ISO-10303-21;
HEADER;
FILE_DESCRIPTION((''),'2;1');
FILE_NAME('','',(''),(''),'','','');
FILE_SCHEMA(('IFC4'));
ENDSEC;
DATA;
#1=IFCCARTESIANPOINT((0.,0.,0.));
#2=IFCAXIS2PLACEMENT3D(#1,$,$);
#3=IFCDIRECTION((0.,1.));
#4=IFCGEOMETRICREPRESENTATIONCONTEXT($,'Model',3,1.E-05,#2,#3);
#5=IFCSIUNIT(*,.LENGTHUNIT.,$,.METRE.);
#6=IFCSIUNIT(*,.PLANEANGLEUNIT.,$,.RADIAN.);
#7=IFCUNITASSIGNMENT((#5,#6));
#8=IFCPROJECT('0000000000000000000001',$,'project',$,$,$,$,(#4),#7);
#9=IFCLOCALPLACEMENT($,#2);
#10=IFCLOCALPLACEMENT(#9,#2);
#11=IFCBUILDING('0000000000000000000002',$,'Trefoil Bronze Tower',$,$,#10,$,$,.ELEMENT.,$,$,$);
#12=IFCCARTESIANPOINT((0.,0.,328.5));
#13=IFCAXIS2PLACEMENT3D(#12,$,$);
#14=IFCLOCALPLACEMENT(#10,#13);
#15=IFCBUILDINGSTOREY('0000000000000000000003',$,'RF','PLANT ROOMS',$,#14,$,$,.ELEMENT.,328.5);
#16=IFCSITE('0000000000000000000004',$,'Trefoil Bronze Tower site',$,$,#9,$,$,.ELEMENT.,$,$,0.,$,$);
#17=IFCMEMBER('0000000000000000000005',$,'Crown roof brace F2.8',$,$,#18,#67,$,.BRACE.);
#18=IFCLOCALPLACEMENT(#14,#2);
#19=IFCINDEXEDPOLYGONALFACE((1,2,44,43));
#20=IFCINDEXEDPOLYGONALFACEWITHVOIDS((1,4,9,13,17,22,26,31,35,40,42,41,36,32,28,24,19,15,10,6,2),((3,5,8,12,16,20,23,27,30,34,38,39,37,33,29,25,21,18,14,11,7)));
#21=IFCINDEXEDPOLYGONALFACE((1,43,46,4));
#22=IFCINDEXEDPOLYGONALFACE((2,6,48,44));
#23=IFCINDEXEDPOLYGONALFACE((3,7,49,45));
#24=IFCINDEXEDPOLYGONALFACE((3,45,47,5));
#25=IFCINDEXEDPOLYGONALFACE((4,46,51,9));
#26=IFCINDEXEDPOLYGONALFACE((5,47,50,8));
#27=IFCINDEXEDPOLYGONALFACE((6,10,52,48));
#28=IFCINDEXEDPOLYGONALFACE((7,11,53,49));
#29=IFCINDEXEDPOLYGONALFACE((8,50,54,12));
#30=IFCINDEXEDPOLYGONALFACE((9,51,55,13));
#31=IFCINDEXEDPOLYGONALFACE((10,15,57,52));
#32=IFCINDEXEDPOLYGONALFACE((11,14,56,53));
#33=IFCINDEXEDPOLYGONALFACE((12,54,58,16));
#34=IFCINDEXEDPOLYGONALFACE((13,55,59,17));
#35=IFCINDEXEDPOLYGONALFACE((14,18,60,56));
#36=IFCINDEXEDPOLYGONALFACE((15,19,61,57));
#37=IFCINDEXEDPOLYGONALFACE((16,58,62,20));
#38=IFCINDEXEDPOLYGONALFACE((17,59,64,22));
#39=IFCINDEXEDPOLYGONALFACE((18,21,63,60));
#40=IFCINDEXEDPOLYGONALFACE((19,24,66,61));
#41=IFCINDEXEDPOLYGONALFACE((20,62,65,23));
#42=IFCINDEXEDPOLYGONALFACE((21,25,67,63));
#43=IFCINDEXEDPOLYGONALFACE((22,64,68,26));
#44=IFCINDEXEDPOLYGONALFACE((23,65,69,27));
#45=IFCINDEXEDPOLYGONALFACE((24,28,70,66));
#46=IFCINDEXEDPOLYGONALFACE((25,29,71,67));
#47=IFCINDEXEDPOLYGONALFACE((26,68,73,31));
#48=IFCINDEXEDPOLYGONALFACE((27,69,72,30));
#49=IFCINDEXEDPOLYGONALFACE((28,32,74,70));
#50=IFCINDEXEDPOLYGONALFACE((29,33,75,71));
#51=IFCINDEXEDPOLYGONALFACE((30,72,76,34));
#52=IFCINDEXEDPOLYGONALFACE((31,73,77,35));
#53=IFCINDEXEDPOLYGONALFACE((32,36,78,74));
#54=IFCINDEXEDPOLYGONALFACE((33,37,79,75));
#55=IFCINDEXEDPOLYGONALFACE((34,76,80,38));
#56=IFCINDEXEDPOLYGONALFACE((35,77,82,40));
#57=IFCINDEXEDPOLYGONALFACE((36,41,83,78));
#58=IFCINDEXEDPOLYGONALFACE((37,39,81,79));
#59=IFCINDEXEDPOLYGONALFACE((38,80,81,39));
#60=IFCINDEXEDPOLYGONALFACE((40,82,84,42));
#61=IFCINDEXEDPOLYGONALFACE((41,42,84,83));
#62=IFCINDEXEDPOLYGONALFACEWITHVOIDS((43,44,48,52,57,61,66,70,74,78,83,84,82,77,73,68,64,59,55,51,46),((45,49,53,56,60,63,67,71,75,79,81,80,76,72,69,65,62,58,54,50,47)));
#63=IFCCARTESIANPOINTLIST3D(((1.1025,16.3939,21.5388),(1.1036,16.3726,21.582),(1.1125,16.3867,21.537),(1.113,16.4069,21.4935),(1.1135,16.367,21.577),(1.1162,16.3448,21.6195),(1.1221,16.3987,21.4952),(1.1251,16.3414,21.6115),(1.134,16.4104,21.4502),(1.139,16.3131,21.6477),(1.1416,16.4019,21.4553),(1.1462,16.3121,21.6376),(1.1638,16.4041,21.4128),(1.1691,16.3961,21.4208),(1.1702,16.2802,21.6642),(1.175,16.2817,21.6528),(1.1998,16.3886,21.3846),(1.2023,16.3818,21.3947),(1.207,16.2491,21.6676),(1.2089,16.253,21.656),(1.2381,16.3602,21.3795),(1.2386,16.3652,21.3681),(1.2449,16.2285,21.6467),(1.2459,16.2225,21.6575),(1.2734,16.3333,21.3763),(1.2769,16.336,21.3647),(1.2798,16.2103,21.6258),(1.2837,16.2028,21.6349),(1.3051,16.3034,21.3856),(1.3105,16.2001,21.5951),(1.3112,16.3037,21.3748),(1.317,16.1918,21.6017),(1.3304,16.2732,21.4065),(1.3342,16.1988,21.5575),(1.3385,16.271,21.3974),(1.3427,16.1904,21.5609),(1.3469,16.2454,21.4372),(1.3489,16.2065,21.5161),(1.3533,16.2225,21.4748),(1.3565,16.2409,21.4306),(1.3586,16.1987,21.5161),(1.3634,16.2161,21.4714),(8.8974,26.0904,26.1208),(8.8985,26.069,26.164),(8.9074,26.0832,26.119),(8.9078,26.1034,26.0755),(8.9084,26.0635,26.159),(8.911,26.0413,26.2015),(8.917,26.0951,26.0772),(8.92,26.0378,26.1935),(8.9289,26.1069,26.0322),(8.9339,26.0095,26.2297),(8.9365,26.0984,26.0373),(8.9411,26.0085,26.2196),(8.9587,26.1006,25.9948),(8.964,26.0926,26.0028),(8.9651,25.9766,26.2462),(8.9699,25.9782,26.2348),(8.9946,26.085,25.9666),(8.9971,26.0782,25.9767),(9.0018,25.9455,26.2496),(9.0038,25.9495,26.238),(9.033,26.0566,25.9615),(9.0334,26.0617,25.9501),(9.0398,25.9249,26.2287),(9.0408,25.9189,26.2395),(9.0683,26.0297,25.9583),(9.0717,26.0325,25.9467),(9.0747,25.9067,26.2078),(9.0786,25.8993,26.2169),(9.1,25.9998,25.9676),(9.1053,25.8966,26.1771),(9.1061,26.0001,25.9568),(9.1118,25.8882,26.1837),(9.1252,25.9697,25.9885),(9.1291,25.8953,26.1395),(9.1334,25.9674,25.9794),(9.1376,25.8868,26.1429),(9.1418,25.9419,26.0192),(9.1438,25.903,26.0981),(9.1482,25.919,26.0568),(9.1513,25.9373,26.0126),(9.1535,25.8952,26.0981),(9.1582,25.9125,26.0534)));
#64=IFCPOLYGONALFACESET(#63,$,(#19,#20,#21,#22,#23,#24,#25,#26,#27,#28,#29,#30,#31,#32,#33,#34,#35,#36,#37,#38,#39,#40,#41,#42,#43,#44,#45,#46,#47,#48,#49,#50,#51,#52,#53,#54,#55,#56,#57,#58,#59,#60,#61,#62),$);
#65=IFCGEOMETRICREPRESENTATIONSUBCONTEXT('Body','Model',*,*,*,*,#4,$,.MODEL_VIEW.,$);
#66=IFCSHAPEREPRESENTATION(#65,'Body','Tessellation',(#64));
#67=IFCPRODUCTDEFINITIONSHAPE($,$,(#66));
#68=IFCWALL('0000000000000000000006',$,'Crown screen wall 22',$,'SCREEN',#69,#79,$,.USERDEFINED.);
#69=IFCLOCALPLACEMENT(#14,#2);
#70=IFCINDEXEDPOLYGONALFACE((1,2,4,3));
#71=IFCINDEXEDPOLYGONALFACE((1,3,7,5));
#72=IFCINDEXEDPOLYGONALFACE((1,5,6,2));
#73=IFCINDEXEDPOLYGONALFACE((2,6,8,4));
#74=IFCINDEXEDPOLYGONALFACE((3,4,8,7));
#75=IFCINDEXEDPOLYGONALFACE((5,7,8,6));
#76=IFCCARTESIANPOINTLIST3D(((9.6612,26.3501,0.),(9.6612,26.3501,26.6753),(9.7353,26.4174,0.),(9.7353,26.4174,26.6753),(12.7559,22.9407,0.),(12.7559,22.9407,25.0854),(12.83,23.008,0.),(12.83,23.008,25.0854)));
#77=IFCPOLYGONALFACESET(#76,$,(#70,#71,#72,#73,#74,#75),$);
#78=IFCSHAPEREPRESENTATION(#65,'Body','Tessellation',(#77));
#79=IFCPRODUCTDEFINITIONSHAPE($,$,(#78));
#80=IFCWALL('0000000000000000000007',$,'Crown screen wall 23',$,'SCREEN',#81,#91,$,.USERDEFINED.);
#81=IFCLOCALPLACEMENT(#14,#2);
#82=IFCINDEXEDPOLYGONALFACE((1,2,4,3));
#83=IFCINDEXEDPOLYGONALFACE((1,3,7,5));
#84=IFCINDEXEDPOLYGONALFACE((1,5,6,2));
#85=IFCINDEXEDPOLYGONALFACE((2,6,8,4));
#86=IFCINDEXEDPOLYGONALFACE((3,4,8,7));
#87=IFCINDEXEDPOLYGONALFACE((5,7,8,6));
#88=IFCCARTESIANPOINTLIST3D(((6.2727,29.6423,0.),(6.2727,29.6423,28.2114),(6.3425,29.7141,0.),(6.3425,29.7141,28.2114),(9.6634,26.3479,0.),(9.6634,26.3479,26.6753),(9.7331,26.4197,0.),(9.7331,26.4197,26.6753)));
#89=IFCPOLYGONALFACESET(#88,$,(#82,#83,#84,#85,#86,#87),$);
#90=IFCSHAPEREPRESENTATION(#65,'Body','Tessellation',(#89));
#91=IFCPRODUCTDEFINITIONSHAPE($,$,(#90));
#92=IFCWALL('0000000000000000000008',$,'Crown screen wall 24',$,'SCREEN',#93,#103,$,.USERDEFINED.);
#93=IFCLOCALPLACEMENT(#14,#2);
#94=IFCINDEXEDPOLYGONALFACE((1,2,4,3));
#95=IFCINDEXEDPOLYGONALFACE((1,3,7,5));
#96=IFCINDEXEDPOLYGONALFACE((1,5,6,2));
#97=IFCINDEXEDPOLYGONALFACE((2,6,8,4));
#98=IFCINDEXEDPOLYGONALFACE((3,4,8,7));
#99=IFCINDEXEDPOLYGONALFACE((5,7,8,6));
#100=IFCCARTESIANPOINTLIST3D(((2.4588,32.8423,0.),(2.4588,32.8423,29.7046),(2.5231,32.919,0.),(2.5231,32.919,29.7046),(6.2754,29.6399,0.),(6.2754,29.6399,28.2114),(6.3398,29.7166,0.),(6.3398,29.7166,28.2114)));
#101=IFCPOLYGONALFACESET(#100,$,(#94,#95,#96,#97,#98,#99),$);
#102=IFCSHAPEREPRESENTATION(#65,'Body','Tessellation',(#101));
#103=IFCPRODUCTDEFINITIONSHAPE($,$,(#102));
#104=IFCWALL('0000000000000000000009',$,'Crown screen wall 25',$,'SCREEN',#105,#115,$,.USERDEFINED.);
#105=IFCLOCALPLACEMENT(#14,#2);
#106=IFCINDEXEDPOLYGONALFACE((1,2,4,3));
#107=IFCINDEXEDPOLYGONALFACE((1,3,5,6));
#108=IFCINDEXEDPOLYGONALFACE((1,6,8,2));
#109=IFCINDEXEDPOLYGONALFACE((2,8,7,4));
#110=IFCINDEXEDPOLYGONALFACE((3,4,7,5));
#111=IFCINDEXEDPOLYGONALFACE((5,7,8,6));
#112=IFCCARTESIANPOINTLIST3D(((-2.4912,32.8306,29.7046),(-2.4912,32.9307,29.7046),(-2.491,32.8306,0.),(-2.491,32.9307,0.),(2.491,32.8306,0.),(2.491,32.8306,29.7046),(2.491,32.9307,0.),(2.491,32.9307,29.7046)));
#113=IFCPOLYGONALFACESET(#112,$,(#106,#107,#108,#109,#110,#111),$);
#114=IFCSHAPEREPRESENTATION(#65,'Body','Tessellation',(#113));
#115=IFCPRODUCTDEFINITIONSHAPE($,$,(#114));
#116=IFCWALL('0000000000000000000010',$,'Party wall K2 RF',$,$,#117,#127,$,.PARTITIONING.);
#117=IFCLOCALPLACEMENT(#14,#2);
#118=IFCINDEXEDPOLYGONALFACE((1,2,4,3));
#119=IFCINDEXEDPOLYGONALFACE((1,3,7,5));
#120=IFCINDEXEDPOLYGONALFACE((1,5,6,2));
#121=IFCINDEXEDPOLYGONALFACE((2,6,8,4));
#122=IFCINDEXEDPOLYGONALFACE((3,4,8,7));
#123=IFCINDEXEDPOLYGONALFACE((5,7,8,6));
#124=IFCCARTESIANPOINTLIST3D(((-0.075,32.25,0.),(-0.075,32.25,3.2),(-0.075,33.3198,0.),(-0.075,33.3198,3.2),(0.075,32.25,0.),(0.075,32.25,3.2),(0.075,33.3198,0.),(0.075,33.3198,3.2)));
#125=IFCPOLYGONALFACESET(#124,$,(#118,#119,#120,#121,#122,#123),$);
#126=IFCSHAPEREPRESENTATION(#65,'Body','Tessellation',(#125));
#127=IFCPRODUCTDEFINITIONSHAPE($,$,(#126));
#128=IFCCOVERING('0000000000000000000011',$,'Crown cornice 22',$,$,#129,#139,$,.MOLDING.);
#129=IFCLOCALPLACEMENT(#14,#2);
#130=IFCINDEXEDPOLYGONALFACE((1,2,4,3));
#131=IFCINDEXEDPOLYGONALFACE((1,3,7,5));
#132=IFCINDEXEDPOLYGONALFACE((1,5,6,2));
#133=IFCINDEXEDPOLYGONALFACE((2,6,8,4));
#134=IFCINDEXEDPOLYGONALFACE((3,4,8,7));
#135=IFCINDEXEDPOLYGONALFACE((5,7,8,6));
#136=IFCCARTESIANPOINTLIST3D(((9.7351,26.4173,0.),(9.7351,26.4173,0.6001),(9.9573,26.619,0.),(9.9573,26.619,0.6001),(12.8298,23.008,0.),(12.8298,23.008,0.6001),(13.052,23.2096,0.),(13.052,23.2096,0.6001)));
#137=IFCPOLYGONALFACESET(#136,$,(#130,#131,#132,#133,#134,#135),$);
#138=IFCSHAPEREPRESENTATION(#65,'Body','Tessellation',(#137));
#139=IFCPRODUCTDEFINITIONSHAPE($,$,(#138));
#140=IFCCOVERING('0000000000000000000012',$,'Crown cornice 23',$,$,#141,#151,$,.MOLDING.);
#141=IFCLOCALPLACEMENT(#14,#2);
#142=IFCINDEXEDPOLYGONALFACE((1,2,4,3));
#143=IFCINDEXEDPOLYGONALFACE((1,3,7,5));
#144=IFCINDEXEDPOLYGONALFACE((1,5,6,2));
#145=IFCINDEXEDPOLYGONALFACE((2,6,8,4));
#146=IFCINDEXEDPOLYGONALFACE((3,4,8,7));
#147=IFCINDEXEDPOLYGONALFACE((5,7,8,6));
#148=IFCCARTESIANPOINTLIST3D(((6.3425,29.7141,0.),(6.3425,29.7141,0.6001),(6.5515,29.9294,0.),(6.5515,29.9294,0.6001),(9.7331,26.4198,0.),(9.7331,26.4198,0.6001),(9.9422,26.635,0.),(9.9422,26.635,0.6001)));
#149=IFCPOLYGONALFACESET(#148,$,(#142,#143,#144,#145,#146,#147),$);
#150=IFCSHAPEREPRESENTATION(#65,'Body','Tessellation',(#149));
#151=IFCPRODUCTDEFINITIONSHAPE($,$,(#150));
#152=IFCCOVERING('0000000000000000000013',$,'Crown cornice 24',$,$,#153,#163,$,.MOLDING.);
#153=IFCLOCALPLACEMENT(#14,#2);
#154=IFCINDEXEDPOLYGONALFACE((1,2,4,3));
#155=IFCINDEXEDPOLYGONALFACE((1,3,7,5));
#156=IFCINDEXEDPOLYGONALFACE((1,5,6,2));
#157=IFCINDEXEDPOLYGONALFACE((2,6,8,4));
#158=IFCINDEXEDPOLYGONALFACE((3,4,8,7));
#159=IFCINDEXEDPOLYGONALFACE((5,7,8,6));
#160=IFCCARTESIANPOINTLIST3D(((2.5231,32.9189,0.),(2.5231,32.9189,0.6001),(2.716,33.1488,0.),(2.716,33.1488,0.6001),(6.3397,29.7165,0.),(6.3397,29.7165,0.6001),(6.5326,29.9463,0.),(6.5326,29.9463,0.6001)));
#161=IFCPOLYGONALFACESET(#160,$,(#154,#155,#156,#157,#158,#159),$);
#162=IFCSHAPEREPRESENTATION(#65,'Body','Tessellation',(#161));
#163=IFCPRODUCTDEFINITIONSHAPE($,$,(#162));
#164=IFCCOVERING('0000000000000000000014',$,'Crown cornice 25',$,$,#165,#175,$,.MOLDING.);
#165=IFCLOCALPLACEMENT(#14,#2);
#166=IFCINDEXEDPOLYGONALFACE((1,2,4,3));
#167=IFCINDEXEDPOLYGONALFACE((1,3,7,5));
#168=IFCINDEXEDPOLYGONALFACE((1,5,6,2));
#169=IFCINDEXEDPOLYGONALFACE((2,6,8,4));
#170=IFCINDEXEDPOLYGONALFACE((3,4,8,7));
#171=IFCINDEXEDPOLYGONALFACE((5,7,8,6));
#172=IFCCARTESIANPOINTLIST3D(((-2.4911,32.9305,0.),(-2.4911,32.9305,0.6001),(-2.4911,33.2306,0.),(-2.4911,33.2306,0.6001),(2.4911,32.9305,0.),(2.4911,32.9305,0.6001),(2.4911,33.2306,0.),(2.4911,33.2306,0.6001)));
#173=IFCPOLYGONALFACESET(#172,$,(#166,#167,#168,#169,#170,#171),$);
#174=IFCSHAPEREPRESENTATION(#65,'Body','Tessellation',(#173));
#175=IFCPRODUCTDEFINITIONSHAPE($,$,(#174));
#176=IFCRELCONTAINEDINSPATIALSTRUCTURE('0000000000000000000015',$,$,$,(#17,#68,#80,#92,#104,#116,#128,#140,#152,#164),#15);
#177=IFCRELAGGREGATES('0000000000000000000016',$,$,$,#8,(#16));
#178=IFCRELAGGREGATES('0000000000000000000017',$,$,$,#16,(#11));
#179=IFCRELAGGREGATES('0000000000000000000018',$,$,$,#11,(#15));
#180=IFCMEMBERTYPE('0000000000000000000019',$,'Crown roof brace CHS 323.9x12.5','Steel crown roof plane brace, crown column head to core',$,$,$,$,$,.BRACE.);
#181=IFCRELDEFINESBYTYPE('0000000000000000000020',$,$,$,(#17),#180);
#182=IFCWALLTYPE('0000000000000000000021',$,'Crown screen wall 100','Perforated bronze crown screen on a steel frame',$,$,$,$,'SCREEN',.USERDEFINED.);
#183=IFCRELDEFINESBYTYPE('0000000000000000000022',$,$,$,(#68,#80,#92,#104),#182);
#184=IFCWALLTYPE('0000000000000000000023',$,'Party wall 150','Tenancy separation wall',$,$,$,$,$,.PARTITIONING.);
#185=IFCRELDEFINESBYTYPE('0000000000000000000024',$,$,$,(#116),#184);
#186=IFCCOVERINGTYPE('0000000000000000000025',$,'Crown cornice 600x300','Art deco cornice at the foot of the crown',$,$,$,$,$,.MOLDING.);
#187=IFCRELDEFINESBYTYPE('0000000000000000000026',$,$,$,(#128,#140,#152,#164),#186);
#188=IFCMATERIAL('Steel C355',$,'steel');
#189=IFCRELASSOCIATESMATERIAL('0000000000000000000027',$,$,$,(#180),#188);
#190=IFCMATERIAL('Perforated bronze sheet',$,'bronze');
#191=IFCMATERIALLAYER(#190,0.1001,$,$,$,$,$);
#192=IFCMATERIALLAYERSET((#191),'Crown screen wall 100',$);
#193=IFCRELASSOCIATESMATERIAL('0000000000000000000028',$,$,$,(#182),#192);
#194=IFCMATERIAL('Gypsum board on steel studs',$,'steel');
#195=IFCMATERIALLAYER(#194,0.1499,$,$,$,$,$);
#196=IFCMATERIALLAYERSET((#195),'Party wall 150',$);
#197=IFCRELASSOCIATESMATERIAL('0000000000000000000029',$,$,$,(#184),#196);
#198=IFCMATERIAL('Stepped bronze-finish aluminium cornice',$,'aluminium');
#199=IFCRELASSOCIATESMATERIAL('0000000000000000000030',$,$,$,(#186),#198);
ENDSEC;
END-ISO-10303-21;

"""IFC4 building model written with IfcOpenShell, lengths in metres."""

from ifc_helpers import new_model, si_unit, direction, frame, frame_2d, origin, origin_2d, place, context, subcontext, project, spatial, polyline, rectangle, hollow_circle, outline, extrude, material, layer, layer_set, material_profile, profile_set, type_object, element, save


model = new_model("IFC4")

# Units and contexts
model_context = context("Model", 3, precision=1e-05, world=origin(), true_north=direction((0.0, 1.0)))
body_context = subcontext(model_context, "Body", "Model", "MODEL_VIEW")
ifc_project = project(units=[si_unit("LENGTHUNIT", "METRE"), si_unit("PLANEANGLEUNIT", "RADIAN")], contexts=[model_context])

# Site, building, storey
site_placement = place(None, origin())
site = spatial("IfcSite", under=ifc_project, at=site_placement, Name="Trefoil Bronze Tower site", CompositionType="ELEMENT", RefElevation=0.0)
building_placement = place(site_placement, origin())
building = spatial("IfcBuilding", under=site, at=building_placement, Name="Trefoil Bronze Tower", CompositionType="ELEMENT")
storey_placement = place(building_placement, frame((0.0, 0.0, 328.5)))
storey = spatial("IfcBuildingStorey", under=building, at=storey_placement, Name="RF", Description="PLANT ROOMS", CompositionType="ELEMENT", Elevation=328.5)

# Member
ifc_material_1 = material(Name="Steel C355", Category="steel")
ifc_material_profile_1 = material_profile(ifc_material_1, hollow_circle(Radius=0.1619, WallThickness=0.0125, at=origin_2d()), Name="CHS 323.9x12.5")
ifc_profile_set_1 = profile_set([ifc_material_profile_1], Name="Steel C355")
member_type = type_object("IfcMemberType", Name="Crown roof brace CHS 323.9x12.5", Description="Steel crown roof plane brace, crown column head to core", PredefinedType="BRACE", material=ifc_profile_set_1)
member_1_placement = place(storey_placement, frame((9.0273, 25.9966, 26.0981), z_axis=(-0.587934, -0.731364, -0.345601), x_axis=(0.779389, -0.626541, 0.0)))
element("IfcMember", 1, at=member_1_placement, inside=storey, type_object=member_type, Name="Crown roof brace F2.8", PredefinedType="BRACE", context=body_context, shape_type="SweptSolid", body=[
    extrude(hollow_circle(Radius=0.1619, WallThickness=0.0125, at=origin_2d()), origin(), (0.0, 0.0, 1.0), 13.2581),
])

# Walls
ifc_material_2 = material(Name="Perforated bronze sheet", Category="bronze")
ifc_layer_1 = layer(ifc_material_2, 0.1001)
ifc_layer_set_1 = layer_set([ifc_layer_1], Name="Crown screen wall 100")
wall_type_1 = type_object("IfcWallType", Name="Crown screen wall 100", Description="Perforated bronze crown screen on a steel frame", ElementType="SCREEN", PredefinedType="USERDEFINED", material=ifc_layer_set_1)
wall_1_placement = place(storey_placement, frame((12.793, 22.9744, 0.0), z_axis=(0.0, 0.0, 1.0), x_axis=(-0.672108, 0.740453, 0.0)))
element("IfcWall", 2, at=wall_1_placement, inside=storey, type_object=wall_type_1, Name="Crown screen wall 22", ObjectType="SCREEN", PredefinedType="USERDEFINED", context=body_context, shape_type="SweptSolid", body=[
    extrude(outline(polyline([(0.0, 0.0), (4.6045, 0.0), (4.6045, 26.6753), (0.0, 25.0854), (0.0, 0.0)])), frame((0.0, 0.05, 0.0), z_axis=(0.0, -1.0, 0.0), x_axis=(1.0, 0.0, 0.0)), (0.0, 0.0, 1.0), 0.1001),
])
wall_2_placement = place(storey_placement, frame((9.6982, 26.3838, 0.0), z_axis=(0.0, 0.0, 1.0), x_axis=(-0.717207, 0.69686, 0.0)))
element("IfcWall", 3, at=wall_2_placement, inside=storey, type_object=wall_type_1, Name="Crown screen wall 23", ObjectType="SCREEN", PredefinedType="USERDEFINED", context=body_context, shape_type="SweptSolid", body=[
    extrude(outline(polyline([(0.0, 0.0), (4.7275, 0.0), (4.7275, 28.2114), (0.0, 26.6753), (0.0, 0.0)])), frame((0.0, 0.05, 0.0), z_axis=(0.0, -1.0, 0.0), x_axis=(1.0, 0.0, 0.0)), (0.0, 0.0, 1.0), 0.1001),
])
wall_3_placement = place(storey_placement, frame((6.3076, 29.6782, 0.0), z_axis=(0.0, 0.0, 1.0), x_axis=(-0.76606, 0.642769, 0.0)))
element("IfcWall", 4, at=wall_3_placement, inside=storey, type_object=wall_type_1, Name="Crown screen wall 24", ObjectType="SCREEN", PredefinedType="USERDEFINED", context=body_context, shape_type="SweptSolid", body=[
    extrude(outline(polyline([(0.0, 0.0), (4.9822, 0.0), (4.9822, 29.7046), (0.0, 28.2114), (0.0, 0.0)])), frame((0.0, 0.05, 0.0), z_axis=(0.0, -1.0, 0.0), x_axis=(1.0, 0.0, 0.0)), (0.0, 0.0, 1.0), 0.1001),
])
wall_4_placement = place(storey_placement, frame((2.491, 32.8806, 0.0), z_axis=(0.0, 0.0, 1.0), x_axis=(-1.0, 0.0, 0.0)))
element("IfcWall", 5, at=wall_4_placement, inside=storey, type_object=wall_type_1, Name="Crown screen wall 25", ObjectType="SCREEN", PredefinedType="USERDEFINED", context=body_context, shape_type="SweptSolid", body=[
    extrude(outline(polyline([(0.0, 0.0), (4.9819, 0.0), (4.9822, 29.7046), (0.0, 29.7046), (0.0, 0.0)])), frame((0.0, 0.05, 0.0), z_axis=(0.0, -1.0, 0.0), x_axis=(1.0, 0.0, 0.0)), (0.0, 0.0, 1.0), 0.1001),
])
ifc_material_3 = material(Name="Gypsum board on steel studs", Category="steel")
ifc_layer_2 = layer(ifc_material_3, 0.1499)
ifc_layer_set_2 = layer_set([ifc_layer_2], Name="Party wall 150")
wall_type_2 = type_object("IfcWallType", Name="Party wall 150", Description="Tenancy separation wall", PredefinedType="PARTITIONING", material=ifc_layer_set_2)
wall_5_placement = place(storey_placement, frame((0.0, 32.25, 0.0), z_axis=(0.0, 0.0, 1.0), x_axis=(0.0, 1.0, 0.0)))
element("IfcWall", 6, at=wall_5_placement, inside=storey, type_object=wall_type_2, Name="Party wall K2 RF", PredefinedType="PARTITIONING", context=body_context, shape_type="SweptSolid", body=[
    extrude(rectangle(XDim=1.0698, YDim=0.1499, at=frame_2d((0.5349, 0.0))), origin(), (0.0, 0.0, 1.0), 3.2),
])

# Coverings
ifc_material_4 = material(Name="Stepped bronze-finish aluminium cornice", Category="aluminium")
covering_type = type_object("IfcCoveringType", Name="Crown cornice 600x300", Description="Art deco cornice at the foot of the crown", PredefinedType="MOLDING", material=ifc_material_4)
covering_1_placement = place(storey_placement, frame((11.3936, 24.8135, 0.0), z_axis=(0.0, 0.0, 1.0), x_axis=(-0.672115, 0.740447, 0.0)))
element("IfcCovering", 7, at=covering_1_placement, inside=storey, type_object=covering_type, Name="Crown cornice 22", PredefinedType="MOLDING", context=body_context, shape_type="SweptSolid", body=[
    extrude(rectangle(XDim=4.6045, YDim=0.3, at=origin_2d()), origin(), (0.0, 0.0, 1.0), 0.6001),
])
covering_2_placement = place(storey_placement, frame((8.1423, 28.1746, 0.0), z_axis=(0.0, 0.0, 1.0), x_axis=(-0.717218, 0.696849, 0.0)))
element("IfcCovering", 8, at=covering_2_placement, inside=storey, type_object=covering_type, Name="Crown cornice 23", PredefinedType="MOLDING", context=body_context, shape_type="SweptSolid", body=[
    extrude(rectangle(XDim=4.7275, YDim=0.3, at=origin_2d()), origin(), (0.0, 0.0, 1.0), 0.6001),
])
for number, where, z_axis, x_axis, name in (
    (9, (4.5278, 31.4326, 0.0), (0.0, 0.0, 1.0), (-0.766044, 0.642788, 0.0), "Crown cornice 24"),
    (10, (0.0, 33.0806, 0.0), (0.0, 0.0, 1.0), (-1.0, 0.0, 0.0), "Crown cornice 25"),
):
    element("IfcCovering", number, at=place(storey_placement, frame(where, z_axis=z_axis, x_axis=x_axis)), inside=storey, type_object=covering_type, Name=name, PredefinedType="MOLDING", context=body_context, shape_type="SweptSolid", body=[
        extrude(rectangle(XDim=4.9822, YDim=0.3, at=origin_2d()), origin(), (0.0, 0.0, 1.0), 0.6001),
    ])

save(model, "model.ifc")
